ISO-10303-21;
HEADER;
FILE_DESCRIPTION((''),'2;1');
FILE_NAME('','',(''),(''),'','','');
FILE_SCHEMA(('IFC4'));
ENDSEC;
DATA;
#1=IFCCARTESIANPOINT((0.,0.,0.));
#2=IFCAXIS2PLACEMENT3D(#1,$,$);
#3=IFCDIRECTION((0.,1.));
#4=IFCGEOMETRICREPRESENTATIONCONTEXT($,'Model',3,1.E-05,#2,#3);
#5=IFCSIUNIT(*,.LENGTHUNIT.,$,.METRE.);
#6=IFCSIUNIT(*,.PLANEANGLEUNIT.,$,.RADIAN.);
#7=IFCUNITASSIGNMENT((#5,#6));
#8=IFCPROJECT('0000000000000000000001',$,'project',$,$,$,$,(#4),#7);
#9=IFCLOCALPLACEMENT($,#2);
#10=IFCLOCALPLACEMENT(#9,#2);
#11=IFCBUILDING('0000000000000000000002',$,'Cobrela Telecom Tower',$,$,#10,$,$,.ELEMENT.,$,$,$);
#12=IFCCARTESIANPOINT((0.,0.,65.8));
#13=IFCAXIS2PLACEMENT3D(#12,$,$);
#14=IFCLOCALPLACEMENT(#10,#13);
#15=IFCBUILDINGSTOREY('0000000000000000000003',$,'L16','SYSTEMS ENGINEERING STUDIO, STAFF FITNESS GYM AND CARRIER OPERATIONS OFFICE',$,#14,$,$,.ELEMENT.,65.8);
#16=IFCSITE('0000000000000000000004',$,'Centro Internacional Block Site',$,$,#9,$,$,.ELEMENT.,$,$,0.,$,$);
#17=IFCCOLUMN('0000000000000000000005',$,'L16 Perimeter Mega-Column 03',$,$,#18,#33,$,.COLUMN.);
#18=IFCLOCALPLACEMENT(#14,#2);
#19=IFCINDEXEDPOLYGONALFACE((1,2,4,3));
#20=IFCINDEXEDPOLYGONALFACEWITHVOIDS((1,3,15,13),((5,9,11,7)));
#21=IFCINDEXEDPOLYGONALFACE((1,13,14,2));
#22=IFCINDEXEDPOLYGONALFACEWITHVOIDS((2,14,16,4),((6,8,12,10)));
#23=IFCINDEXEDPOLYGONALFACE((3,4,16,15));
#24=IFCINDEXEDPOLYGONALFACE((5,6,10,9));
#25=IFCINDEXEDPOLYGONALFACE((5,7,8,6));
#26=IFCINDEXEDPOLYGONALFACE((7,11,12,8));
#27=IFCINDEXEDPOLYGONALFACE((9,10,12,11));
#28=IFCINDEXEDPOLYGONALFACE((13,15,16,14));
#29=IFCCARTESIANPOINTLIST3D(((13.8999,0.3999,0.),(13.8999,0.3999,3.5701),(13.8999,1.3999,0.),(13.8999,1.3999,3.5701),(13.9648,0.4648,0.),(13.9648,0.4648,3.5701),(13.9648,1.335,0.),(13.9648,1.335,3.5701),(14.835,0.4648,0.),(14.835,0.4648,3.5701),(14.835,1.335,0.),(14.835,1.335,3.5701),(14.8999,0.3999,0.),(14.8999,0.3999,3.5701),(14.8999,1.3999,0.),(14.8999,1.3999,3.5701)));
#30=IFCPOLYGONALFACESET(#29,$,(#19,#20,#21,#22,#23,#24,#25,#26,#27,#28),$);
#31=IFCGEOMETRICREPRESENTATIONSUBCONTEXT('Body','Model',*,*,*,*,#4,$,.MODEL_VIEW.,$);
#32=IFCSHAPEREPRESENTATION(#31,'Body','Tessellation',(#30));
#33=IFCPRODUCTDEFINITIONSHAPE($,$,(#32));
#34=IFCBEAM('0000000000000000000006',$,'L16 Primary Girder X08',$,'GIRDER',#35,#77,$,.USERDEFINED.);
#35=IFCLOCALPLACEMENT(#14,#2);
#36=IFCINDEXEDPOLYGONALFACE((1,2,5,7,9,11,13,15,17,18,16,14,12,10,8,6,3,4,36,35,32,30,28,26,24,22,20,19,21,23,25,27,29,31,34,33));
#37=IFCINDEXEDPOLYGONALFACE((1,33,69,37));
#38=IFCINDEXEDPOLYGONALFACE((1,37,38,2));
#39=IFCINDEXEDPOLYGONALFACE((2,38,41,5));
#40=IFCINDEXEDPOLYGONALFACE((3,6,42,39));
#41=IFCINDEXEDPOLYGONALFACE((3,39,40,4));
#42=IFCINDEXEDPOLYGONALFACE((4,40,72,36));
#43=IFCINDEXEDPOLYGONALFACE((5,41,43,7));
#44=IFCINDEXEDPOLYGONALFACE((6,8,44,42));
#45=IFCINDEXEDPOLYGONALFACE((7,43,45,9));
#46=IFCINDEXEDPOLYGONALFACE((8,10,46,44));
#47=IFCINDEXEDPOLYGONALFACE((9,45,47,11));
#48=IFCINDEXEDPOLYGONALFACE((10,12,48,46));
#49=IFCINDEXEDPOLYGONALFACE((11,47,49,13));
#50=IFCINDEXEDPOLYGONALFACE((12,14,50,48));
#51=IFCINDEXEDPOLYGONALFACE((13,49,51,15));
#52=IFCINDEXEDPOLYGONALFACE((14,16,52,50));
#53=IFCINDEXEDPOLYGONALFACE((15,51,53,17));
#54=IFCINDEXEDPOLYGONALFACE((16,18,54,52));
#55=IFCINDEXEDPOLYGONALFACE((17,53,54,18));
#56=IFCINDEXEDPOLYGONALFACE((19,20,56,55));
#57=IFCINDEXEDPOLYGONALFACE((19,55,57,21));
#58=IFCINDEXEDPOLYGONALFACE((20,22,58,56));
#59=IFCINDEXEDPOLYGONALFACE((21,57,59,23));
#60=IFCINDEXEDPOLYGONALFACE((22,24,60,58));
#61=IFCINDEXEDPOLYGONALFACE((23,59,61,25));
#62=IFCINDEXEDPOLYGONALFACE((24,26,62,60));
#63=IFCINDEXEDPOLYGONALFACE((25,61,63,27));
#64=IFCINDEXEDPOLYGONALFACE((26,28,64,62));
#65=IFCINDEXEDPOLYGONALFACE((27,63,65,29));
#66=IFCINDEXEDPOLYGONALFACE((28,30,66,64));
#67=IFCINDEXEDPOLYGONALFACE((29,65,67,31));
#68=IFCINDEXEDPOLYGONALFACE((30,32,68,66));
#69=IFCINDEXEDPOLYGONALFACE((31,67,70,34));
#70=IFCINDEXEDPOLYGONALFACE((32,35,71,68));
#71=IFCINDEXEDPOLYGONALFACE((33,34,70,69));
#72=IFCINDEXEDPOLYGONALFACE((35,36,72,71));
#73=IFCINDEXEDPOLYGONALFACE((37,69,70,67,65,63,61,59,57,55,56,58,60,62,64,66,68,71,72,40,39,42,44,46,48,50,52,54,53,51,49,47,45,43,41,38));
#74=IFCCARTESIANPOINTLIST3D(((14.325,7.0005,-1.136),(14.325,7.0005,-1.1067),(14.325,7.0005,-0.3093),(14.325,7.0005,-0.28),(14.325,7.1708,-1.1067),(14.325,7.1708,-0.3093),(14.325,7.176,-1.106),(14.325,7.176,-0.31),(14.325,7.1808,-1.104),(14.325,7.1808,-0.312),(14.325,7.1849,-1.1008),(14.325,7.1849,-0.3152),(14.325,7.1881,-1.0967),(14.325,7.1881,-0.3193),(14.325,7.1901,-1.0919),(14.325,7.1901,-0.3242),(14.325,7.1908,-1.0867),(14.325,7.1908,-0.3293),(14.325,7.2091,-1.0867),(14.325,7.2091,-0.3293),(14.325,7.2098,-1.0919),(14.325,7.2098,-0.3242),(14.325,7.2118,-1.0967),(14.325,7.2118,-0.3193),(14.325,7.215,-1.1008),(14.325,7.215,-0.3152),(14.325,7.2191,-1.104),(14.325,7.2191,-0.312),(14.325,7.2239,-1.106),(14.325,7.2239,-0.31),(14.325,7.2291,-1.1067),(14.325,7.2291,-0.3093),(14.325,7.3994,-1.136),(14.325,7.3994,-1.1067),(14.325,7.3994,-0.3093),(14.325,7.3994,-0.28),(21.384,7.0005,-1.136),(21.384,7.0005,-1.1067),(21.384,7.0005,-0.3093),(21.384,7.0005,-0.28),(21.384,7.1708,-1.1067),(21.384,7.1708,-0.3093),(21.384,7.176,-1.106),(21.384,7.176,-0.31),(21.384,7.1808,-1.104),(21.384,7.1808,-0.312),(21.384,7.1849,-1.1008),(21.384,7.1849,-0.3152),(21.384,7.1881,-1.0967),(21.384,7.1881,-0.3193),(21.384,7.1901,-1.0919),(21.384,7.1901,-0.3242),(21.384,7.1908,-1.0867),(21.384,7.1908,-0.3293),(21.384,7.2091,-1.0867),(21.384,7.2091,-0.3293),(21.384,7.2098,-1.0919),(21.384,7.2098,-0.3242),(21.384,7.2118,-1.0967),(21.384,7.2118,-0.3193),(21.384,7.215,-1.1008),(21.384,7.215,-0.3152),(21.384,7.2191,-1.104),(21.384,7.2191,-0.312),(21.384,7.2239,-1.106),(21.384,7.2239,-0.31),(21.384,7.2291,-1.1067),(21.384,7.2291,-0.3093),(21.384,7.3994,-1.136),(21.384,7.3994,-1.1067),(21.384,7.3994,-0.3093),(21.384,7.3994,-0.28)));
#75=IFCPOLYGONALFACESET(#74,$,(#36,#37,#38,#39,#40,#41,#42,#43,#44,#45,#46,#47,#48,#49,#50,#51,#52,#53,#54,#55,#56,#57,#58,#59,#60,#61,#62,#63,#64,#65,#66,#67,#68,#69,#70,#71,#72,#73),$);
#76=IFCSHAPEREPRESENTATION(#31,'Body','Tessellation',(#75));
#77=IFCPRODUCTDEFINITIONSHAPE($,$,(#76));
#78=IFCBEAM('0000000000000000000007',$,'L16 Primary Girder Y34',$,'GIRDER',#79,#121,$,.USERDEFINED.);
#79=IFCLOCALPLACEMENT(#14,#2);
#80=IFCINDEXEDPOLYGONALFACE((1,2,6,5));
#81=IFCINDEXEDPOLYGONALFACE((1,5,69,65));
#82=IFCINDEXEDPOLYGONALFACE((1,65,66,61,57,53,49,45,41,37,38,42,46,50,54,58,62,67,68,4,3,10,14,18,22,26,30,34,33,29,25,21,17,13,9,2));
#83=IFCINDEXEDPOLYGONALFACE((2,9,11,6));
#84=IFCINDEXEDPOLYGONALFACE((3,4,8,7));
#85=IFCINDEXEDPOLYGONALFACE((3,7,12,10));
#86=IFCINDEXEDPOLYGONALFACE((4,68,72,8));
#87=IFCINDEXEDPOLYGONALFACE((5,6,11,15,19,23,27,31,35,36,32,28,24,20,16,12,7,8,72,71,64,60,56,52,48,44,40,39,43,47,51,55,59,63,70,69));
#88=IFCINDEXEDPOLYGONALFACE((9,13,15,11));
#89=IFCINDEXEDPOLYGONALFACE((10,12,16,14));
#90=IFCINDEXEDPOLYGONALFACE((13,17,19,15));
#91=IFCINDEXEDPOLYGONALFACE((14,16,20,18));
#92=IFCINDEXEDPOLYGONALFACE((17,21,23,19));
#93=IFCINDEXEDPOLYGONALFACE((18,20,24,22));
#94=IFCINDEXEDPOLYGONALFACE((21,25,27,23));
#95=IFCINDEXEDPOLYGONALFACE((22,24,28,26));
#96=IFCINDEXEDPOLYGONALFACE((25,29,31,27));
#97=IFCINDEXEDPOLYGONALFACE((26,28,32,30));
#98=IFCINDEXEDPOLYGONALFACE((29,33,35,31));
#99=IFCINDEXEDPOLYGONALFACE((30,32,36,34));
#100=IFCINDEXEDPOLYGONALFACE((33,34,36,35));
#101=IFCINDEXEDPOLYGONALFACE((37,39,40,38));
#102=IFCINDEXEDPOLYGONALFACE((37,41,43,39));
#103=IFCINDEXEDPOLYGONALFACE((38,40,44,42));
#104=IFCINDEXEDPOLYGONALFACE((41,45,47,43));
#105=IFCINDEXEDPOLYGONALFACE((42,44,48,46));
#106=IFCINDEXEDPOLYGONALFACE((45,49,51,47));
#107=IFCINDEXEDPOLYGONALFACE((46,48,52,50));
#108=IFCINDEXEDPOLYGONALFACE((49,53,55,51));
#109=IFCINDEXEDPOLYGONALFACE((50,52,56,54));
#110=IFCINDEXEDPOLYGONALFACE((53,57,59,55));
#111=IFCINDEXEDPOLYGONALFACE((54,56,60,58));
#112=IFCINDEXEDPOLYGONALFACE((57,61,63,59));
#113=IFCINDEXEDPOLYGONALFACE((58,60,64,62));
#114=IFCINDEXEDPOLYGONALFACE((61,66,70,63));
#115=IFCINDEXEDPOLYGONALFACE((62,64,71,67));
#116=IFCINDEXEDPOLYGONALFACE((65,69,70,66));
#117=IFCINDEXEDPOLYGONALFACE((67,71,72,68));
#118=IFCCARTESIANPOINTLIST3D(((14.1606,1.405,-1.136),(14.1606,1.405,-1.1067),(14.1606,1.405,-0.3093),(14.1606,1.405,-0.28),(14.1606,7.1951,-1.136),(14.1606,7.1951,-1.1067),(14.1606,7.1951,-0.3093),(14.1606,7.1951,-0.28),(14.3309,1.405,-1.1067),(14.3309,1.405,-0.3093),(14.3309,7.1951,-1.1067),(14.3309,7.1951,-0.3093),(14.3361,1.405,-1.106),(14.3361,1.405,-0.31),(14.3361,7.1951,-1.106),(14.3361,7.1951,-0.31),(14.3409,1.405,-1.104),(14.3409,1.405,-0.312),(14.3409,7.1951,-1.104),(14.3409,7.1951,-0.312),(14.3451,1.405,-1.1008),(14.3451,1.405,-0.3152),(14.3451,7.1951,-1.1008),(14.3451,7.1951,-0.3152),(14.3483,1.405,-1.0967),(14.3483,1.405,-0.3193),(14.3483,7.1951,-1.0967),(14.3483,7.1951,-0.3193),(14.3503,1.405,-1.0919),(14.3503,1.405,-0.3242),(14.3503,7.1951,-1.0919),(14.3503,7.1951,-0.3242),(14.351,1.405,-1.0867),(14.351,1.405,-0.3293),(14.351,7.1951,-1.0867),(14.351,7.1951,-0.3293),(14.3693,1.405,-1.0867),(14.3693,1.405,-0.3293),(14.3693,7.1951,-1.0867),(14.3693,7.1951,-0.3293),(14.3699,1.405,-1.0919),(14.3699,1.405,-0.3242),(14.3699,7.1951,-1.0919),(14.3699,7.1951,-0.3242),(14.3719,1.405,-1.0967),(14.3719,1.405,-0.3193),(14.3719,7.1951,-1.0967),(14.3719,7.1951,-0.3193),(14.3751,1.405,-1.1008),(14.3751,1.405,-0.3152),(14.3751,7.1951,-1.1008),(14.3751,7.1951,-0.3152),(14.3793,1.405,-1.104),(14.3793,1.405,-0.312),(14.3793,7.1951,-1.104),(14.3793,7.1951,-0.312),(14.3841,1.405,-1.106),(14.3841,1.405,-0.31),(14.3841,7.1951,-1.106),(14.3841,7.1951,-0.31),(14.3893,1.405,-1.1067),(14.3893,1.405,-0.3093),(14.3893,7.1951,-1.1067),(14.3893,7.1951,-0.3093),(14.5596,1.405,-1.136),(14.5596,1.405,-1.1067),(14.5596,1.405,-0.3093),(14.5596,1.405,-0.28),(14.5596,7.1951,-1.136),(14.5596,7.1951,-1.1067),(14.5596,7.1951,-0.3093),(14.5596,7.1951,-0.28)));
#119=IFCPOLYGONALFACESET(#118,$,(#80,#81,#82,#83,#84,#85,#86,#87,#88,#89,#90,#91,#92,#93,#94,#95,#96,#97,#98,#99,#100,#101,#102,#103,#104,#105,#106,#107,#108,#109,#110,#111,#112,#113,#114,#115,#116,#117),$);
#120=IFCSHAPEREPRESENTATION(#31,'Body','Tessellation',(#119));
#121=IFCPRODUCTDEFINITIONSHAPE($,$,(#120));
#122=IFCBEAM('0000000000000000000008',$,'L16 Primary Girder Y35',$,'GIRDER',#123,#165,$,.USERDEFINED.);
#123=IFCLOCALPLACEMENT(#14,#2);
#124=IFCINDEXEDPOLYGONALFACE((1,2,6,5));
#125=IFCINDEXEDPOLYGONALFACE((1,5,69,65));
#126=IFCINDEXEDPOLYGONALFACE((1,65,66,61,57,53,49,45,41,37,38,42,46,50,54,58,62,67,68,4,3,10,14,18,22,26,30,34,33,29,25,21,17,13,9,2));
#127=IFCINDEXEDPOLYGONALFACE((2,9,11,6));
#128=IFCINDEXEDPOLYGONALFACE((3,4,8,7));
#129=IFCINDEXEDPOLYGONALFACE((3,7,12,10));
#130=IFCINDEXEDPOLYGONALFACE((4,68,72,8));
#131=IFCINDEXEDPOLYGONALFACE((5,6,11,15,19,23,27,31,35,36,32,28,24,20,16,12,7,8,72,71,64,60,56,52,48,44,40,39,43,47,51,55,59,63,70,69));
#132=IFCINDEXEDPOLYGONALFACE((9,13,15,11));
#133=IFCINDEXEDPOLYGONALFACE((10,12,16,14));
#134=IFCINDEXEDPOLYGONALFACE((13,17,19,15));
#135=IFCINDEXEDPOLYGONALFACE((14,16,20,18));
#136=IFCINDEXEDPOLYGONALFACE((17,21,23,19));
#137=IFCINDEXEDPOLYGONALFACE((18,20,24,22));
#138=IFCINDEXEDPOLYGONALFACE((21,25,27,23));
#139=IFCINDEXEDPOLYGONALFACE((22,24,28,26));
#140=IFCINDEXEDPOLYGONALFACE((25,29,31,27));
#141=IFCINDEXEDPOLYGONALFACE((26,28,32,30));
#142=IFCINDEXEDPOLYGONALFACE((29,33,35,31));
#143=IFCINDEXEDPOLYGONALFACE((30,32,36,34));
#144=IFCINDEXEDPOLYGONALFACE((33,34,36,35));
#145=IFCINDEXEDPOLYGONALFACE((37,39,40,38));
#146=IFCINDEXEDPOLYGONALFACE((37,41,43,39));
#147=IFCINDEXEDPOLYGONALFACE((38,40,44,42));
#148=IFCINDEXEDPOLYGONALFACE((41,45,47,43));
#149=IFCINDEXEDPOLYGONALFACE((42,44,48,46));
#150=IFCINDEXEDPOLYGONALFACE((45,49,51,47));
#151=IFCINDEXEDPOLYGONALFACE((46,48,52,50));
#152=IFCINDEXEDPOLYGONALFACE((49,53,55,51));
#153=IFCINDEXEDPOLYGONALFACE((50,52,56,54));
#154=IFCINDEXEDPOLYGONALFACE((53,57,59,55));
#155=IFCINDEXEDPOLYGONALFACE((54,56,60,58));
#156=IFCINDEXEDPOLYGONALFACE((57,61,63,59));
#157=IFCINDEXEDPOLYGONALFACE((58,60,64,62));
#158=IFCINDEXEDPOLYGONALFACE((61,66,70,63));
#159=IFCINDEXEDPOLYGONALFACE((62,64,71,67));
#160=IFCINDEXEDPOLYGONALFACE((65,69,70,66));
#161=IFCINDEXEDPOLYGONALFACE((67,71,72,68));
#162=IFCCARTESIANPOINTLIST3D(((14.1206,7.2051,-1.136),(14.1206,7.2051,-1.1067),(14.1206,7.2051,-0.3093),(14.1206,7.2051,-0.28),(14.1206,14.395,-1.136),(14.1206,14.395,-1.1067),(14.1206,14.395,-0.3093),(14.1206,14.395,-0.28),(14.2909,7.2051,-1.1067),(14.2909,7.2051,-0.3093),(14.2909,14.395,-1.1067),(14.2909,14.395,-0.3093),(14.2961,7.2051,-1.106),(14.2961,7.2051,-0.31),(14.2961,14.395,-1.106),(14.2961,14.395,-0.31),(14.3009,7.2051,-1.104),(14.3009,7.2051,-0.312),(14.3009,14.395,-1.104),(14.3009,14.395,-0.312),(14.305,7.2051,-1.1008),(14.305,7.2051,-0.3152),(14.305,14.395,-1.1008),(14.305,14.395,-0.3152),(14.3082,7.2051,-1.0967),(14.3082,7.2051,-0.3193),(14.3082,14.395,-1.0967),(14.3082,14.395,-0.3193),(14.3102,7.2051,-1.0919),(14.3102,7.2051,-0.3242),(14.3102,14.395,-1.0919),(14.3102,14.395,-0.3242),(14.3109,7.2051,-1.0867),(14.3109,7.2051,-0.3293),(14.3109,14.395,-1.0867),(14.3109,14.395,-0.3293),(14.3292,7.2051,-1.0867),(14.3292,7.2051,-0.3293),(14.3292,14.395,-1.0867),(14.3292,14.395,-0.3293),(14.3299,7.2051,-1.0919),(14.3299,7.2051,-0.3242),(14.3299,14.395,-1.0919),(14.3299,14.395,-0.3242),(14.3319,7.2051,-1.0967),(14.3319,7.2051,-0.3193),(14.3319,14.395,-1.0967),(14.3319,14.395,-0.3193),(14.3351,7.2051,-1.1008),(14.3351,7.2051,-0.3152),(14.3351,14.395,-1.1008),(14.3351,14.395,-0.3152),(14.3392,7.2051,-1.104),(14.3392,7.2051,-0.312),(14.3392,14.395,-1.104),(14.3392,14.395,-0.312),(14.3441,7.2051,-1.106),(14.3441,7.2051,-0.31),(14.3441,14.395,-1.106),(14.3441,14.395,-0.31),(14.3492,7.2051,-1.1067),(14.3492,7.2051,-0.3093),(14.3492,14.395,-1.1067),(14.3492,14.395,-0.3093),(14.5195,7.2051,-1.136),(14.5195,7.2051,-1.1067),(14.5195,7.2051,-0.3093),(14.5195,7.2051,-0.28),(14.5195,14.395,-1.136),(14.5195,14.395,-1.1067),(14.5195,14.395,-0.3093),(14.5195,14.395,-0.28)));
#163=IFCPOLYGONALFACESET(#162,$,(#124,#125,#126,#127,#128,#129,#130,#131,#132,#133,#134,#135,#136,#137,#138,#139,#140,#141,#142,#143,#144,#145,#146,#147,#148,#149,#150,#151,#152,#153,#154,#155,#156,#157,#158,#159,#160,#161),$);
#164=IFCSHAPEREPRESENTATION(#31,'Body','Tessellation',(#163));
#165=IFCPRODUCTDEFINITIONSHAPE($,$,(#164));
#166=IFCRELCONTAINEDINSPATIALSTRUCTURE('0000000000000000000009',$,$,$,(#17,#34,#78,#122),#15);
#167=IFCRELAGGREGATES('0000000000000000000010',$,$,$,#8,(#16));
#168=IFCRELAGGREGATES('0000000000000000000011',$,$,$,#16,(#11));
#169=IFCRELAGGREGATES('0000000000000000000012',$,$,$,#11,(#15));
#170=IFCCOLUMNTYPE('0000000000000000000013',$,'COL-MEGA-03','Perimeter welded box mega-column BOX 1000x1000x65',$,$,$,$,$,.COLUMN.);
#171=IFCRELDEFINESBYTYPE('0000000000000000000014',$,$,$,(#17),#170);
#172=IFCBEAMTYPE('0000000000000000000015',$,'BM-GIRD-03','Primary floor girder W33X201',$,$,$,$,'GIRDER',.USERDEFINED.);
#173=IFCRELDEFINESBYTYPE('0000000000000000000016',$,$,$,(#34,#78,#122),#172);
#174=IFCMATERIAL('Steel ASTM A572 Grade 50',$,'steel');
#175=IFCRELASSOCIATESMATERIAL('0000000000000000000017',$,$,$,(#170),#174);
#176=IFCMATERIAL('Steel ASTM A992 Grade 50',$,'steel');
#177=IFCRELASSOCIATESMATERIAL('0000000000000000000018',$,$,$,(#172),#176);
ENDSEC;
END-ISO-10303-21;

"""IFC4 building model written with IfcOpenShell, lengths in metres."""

from ifc_helpers import new_model, si_unit, direction, frame, origin, origin_2d, place, context, subcontext, project, spatial, hollow_rectangle, i_section, extrude, material, material_profile, profile_set, type_object, element, save


model = new_model("IFC4")

# Units and contexts
model_context = context("Model", 3, precision=1e-05, world=origin(), true_north=direction((0.0, 1.0)))
body_context = subcontext(model_context, "Body", "Model", "MODEL_VIEW")
ifc_project = project(units=[si_unit("LENGTHUNIT", "METRE"), si_unit("PLANEANGLEUNIT", "RADIAN")], contexts=[model_context])

# Site, building, storey
site_placement = place(None, origin())
site = spatial("IfcSite", under=ifc_project, at=site_placement, Name="Centro Internacional Block Site", CompositionType="ELEMENT", RefElevation=0.0)
building_placement = place(site_placement, origin())
building = spatial("IfcBuilding", under=site, at=building_placement, Name="Cobrela Telecom Tower", CompositionType="ELEMENT")
storey_placement = place(building_placement, frame((0.0, 0.0, 65.8)))
storey = spatial("IfcBuildingStorey", under=building, at=storey_placement, Name="L16", Description="SYSTEMS ENGINEERING STUDIO, STAFF FITNESS GYM AND CARRIER OPERATIONS OFFICE", CompositionType="ELEMENT", Elevation=65.8)

# Column
ifc_material_1 = material(Name="Steel ASTM A572 Grade 50", Category="steel")
ifc_material_profile_1 = material_profile(ifc_material_1, hollow_rectangle(XDim=1.0, YDim=1.0, WallThickness=0.0649, at=origin_2d()), Name="BOX 1000x1000x65")
ifc_profile_set_1 = profile_set([ifc_material_profile_1], Name="Steel ASTM A572 Grade 50")
column_type = type_object("IfcColumnType", Name="COL-MEGA-03", Description="Perimeter welded box mega-column BOX 1000x1000x65", PredefinedType="COLUMN", material=ifc_profile_set_1)
column_placement = place(storey_placement, frame((14.3999, 0.8999, 0.0), z_axis=(0.0, 0.0, 1.0), x_axis=(1.0, 0.0, 0.0)))
element("IfcColumn", 1, at=column_placement, inside=storey, type_object=column_type, Name="L16 Perimeter Mega-Column 03", PredefinedType="COLUMN", context=body_context, shape_type="SweptSolid", body=[
    extrude(hollow_rectangle(XDim=1.0, YDim=1.0, WallThickness=0.0649, at=origin_2d()), origin(), (0.0, 0.0, 1.0), 3.5701),
])

# Beams
ifc_material_2 = material(Name="Steel ASTM A992 Grade 50", Category="steel")
ifc_material_profile_2 = material_profile(ifc_material_2, i_section(OverallWidth=0.3989, OverallDepth=0.856, WebThickness=0.0183, FlangeThickness=0.0293, FilletRadius=0.02, at=origin_2d()), Name="W33X201")
ifc_profile_set_2 = profile_set([ifc_material_profile_2], Name="Steel ASTM A992 Grade 50")
beam_type_1 = type_object("IfcBeamType", Name="BM-GIRD-03", Description="Primary floor girder W33X201", ElementType="GIRDER", PredefinedType="USERDEFINED", material=ifc_profile_set_2)
beam_1_placement = place(storey_placement, frame((14.325, 7.2, -0.708), z_axis=(1.0, 0.0, 0.0), x_axis=(0.0, 1.0, 0.0)))
element("IfcBeam", 2, at=beam_1_placement, inside=storey, type_object=beam_type_1, Name="L16 Primary Girder X08", ObjectType="GIRDER", PredefinedType="USERDEFINED", context=body_context, shape_type="SweptSolid", body=[
    extrude(i_section(OverallWidth=0.3989, OverallDepth=0.856, WebThickness=0.0183, FlangeThickness=0.0293, FilletRadius=0.02, at=origin_2d()), origin(), (0.0, 0.0, 1.0), 7.0591),
])
beam_2_placement = place(storey_placement, frame((14.3601, 1.405, -0.708), z_axis=(0.0, 1.0, 0.0), x_axis=(-1.0, 0.0, 0.0)))
element("IfcBeam", 3, at=beam_2_placement, inside=storey, type_object=beam_type_1, Name="L16 Primary Girder Y34", ObjectType="GIRDER", PredefinedType="USERDEFINED", context=body_context, shape_type="SweptSolid", body=[
    extrude(i_section(OverallWidth=0.3989, OverallDepth=0.856, WebThickness=0.0183, FlangeThickness=0.0293, FilletRadius=0.02, at=origin_2d()), origin(), (0.0, 0.0, 1.0), 5.79),
])
beam_3_placement = place(storey_placement, frame((14.3201, 7.2051, -0.708), z_axis=(0.0, 1.0, 0.0), x_axis=(-1.0, 0.0, 0.0)))
element("IfcBeam", 4, at=beam_3_placement, inside=storey, type_object=beam_type_1, Name="L16 Primary Girder Y35", ObjectType="GIRDER", PredefinedType="USERDEFINED", context=body_context, shape_type="SweptSolid", body=[
    extrude(i_section(OverallWidth=0.3989, OverallDepth=0.856, WebThickness=0.0183, FlangeThickness=0.0293, FilletRadius=0.02, at=origin_2d()), origin(), (0.0, 0.0, 1.0), 7.1899),
])

save(model, "model.ifc")
